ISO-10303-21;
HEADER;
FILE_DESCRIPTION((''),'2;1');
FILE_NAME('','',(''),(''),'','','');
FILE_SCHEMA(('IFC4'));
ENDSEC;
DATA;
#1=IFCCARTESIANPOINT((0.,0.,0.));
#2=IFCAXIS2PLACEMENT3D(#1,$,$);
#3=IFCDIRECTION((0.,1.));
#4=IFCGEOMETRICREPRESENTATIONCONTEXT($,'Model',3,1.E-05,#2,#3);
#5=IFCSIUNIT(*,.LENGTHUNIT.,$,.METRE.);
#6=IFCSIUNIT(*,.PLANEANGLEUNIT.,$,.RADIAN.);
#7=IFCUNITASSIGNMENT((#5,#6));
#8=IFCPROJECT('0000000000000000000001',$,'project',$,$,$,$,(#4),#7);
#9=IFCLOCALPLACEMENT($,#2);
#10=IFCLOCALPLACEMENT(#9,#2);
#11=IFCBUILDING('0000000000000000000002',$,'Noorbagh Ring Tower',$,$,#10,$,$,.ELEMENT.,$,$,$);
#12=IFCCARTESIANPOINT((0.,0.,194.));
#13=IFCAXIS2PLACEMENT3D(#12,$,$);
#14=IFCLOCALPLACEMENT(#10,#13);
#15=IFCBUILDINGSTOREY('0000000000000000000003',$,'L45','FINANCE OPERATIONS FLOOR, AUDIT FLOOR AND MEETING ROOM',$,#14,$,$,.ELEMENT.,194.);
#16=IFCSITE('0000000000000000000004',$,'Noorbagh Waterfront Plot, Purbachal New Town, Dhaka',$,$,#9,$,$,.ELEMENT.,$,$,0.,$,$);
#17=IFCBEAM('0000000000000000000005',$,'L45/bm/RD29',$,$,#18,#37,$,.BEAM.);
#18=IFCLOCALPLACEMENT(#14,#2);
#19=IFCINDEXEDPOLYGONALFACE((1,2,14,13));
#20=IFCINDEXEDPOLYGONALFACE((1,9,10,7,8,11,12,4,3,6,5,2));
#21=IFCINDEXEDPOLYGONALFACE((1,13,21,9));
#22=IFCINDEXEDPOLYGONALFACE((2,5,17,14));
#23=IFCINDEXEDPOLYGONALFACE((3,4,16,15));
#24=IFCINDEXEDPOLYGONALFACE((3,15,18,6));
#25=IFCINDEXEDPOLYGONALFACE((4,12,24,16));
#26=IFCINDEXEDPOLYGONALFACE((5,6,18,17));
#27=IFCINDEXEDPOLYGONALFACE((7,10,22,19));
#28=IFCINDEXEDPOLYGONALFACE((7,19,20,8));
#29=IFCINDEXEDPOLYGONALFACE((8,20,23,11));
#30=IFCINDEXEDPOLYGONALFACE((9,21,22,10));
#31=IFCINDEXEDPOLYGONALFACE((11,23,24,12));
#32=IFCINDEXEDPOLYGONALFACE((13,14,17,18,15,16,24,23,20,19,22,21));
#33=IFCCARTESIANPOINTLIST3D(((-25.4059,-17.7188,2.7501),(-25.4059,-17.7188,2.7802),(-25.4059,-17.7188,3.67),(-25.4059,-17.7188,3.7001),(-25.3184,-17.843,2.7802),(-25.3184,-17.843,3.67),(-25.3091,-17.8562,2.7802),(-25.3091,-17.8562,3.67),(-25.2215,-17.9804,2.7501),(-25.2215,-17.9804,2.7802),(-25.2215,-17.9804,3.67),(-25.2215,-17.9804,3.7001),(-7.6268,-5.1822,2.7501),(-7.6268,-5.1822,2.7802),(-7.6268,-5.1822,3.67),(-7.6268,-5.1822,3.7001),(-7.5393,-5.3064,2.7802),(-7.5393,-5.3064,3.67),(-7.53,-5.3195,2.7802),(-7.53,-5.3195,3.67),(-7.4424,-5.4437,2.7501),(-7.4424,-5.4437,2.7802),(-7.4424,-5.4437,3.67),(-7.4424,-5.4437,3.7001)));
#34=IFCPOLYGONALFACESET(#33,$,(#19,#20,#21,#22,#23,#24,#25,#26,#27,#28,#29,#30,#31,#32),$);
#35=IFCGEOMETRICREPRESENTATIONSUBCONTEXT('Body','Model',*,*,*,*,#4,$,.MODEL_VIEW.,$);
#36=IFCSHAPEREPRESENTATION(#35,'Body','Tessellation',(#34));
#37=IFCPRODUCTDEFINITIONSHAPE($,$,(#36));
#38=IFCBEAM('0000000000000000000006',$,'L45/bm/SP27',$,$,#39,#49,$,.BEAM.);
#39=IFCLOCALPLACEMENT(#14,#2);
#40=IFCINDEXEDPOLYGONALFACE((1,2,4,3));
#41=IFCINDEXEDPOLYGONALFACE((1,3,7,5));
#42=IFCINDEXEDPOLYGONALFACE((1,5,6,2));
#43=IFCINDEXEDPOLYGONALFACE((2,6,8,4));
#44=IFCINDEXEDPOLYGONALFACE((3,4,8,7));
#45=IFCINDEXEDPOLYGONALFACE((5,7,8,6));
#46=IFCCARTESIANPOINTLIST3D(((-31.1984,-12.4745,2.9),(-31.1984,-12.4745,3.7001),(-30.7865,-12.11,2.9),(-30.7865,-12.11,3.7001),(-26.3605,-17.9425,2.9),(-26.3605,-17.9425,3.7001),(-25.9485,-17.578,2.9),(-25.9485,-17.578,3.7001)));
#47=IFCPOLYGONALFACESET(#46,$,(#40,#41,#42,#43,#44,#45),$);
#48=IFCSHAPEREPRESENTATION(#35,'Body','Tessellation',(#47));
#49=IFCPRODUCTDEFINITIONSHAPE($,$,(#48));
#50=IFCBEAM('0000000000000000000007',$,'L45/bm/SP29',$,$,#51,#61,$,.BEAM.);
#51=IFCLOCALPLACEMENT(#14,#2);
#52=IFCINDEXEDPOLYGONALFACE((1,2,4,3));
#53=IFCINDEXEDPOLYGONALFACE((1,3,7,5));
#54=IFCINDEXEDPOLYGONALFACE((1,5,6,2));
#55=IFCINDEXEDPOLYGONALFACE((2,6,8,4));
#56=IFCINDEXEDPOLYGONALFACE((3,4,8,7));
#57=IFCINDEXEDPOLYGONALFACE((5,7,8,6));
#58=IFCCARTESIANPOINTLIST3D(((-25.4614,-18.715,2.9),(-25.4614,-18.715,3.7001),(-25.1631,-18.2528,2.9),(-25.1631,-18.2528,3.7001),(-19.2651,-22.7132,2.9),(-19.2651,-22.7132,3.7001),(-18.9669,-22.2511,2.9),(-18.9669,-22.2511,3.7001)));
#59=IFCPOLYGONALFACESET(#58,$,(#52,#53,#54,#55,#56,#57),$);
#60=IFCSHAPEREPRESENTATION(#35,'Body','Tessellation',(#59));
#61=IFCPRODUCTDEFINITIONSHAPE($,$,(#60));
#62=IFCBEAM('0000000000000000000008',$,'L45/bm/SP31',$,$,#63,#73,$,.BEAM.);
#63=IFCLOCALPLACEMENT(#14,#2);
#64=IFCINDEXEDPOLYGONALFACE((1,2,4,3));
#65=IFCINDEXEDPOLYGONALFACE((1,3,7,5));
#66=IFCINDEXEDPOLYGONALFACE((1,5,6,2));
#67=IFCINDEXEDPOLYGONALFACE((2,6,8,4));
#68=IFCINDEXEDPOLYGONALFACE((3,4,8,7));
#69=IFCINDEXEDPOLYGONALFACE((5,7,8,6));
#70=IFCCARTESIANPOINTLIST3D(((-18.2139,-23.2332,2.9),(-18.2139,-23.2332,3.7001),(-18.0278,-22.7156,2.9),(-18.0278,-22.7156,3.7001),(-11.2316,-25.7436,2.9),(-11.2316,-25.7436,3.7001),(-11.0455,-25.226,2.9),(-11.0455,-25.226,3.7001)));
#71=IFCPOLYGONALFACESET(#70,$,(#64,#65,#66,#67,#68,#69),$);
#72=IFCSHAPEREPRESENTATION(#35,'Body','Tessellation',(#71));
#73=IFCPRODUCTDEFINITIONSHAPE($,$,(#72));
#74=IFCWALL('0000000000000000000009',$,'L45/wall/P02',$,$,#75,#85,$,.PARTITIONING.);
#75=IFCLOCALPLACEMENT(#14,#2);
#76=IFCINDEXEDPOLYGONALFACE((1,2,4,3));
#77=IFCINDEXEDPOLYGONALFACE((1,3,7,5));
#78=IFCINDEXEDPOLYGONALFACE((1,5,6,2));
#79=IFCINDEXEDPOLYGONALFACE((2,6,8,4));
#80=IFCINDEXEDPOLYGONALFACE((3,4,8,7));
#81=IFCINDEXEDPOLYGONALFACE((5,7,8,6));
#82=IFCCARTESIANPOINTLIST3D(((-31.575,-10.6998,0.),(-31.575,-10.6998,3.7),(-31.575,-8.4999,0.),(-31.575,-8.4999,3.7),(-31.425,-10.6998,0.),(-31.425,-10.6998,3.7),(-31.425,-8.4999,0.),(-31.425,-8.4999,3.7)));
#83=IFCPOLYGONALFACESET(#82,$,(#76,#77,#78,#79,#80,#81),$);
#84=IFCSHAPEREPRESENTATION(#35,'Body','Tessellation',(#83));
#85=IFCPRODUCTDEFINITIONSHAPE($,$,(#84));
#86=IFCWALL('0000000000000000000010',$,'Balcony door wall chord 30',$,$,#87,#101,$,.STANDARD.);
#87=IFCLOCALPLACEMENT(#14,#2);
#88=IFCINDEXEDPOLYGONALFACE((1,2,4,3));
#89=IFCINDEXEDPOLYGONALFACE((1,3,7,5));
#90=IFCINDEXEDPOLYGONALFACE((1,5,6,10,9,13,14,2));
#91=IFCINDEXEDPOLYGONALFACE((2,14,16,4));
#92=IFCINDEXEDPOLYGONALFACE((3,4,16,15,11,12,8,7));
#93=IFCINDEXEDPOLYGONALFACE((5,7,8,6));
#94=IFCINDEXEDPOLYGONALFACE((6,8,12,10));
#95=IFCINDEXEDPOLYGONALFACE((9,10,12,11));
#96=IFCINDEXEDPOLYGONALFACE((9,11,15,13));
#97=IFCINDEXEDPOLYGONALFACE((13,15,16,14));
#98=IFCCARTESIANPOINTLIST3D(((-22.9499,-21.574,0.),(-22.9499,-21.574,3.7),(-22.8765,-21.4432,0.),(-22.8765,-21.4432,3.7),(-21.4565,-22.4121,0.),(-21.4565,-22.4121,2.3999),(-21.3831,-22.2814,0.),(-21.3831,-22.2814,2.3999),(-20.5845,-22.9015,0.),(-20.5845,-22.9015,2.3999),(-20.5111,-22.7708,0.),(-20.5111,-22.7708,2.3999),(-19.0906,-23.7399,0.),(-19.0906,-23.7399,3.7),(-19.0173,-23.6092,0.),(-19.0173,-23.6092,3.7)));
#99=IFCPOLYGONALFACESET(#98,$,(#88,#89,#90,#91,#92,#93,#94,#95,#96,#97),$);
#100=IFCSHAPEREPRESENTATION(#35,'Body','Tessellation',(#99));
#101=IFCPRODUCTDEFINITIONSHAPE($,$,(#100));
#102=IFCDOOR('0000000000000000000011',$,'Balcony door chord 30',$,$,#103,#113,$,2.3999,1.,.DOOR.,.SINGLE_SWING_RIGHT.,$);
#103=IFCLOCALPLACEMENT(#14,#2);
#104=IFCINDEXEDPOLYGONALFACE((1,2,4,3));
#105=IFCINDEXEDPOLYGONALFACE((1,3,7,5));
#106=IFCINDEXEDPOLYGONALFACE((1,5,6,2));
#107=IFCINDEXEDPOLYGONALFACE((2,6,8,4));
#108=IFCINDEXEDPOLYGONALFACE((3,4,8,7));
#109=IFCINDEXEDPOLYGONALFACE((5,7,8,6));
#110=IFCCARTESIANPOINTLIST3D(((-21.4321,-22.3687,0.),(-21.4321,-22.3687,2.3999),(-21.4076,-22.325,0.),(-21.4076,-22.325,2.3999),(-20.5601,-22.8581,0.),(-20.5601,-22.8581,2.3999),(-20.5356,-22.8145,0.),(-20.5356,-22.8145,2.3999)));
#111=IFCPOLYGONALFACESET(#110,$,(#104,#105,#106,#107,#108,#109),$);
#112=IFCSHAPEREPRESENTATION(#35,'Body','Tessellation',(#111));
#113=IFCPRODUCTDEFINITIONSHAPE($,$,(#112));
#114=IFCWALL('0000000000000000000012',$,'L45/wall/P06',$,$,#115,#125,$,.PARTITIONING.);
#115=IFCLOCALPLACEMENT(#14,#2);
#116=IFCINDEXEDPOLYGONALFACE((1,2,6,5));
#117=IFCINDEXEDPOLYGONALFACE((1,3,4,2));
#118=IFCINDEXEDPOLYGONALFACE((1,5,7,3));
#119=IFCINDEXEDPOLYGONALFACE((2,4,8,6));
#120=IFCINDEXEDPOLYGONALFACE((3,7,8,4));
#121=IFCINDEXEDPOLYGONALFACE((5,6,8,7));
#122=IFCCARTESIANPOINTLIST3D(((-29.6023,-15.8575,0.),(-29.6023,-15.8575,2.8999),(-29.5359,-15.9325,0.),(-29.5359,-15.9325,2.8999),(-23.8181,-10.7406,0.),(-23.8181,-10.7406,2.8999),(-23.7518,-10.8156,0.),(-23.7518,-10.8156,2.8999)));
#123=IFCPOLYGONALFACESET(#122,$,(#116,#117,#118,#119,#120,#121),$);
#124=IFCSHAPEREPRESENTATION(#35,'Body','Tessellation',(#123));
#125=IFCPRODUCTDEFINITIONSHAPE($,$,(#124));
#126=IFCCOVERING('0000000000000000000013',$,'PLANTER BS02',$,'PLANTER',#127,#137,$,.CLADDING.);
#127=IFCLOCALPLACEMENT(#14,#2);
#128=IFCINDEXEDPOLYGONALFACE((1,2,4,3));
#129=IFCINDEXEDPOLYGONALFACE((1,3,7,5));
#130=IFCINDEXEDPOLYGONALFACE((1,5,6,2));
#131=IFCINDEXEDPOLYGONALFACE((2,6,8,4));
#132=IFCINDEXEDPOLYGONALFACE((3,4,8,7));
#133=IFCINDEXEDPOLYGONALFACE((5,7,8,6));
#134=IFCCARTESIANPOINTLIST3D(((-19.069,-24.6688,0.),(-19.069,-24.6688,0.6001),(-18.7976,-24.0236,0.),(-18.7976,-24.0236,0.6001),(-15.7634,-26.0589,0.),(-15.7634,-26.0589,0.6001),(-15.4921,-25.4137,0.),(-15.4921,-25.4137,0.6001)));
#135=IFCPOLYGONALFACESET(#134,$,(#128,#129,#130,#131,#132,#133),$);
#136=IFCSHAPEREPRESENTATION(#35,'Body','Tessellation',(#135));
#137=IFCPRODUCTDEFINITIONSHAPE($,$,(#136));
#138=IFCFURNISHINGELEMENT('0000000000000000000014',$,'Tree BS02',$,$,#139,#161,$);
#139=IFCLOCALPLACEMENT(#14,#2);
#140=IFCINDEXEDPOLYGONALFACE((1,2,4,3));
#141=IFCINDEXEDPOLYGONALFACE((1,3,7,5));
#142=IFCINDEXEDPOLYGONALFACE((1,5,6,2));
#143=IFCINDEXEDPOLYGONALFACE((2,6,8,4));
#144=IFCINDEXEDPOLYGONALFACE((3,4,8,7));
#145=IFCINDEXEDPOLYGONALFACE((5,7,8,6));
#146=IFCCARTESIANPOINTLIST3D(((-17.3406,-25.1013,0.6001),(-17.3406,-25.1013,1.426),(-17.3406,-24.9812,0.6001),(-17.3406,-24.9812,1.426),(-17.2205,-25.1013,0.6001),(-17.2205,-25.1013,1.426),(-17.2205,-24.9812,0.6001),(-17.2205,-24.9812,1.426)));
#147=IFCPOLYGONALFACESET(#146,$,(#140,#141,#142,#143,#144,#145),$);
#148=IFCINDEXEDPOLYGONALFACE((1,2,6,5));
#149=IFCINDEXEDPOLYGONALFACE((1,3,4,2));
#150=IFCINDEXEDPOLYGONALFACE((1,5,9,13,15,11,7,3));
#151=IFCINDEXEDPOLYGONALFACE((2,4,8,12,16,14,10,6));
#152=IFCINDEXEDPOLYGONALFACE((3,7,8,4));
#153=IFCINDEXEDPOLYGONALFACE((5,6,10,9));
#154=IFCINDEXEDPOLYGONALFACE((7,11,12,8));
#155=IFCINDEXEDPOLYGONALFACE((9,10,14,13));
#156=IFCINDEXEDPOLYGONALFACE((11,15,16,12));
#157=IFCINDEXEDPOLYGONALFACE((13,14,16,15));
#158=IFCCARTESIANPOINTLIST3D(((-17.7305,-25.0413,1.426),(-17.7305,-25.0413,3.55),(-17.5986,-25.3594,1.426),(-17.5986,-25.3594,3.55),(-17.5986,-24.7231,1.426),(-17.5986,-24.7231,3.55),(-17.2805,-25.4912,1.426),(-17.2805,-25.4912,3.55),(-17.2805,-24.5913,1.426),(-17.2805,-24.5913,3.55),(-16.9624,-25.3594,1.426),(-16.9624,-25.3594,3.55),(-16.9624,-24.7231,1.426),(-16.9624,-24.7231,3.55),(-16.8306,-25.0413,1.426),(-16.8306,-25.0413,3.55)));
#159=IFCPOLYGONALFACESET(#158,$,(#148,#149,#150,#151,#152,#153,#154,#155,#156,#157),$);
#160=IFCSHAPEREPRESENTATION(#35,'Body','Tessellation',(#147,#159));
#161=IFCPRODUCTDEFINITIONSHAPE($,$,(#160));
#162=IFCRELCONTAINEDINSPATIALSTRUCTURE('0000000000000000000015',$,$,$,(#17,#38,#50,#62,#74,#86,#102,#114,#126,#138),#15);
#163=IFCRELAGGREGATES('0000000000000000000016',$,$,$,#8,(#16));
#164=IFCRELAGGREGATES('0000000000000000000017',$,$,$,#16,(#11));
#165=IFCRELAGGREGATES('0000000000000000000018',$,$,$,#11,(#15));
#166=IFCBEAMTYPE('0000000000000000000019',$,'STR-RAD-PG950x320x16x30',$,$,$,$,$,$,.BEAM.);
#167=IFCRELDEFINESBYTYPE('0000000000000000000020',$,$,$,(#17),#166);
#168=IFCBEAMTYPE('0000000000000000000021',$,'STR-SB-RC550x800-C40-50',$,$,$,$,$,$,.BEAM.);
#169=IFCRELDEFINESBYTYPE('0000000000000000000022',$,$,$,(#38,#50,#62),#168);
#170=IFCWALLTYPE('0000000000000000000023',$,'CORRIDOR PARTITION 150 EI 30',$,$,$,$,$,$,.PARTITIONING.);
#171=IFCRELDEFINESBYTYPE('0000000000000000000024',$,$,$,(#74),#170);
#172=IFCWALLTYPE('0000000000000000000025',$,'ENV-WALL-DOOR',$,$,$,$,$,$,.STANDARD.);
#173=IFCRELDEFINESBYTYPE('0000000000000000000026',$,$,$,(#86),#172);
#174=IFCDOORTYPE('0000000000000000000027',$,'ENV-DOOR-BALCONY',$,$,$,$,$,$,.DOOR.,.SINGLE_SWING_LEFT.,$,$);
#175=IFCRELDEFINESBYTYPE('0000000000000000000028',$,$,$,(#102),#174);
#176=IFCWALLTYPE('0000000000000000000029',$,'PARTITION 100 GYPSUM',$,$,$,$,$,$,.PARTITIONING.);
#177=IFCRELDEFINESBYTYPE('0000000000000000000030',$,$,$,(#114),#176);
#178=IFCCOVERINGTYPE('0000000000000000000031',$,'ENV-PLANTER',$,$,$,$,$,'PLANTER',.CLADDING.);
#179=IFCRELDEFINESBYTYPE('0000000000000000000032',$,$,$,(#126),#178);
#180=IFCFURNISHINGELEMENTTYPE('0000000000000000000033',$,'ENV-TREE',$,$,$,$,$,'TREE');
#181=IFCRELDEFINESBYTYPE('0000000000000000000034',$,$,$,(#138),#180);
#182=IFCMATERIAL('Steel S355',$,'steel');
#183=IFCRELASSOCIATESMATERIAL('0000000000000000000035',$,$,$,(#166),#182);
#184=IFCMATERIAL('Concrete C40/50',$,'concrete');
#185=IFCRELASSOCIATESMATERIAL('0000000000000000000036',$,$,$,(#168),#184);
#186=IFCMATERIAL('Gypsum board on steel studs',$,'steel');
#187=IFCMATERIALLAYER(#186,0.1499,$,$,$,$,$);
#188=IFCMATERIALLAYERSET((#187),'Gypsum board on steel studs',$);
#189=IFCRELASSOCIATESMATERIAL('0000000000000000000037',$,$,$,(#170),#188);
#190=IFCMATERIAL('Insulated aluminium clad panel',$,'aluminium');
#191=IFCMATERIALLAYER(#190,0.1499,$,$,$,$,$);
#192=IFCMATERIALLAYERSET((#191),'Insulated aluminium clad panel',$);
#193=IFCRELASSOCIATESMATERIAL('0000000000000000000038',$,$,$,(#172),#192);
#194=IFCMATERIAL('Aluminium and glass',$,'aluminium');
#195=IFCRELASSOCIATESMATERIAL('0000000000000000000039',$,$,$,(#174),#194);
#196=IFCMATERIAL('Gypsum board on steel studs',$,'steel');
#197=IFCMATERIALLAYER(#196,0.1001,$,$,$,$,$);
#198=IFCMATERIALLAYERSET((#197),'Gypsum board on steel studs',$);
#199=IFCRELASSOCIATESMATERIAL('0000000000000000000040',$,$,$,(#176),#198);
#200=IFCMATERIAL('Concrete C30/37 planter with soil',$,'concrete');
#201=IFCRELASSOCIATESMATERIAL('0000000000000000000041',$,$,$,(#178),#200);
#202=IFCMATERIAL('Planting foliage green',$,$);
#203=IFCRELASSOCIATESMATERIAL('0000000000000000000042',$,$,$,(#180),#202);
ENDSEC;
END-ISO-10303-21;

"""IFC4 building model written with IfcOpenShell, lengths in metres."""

from ifc_helpers import new_model, si_unit, direction, frame, frame_2d, origin, origin_2d, place, context, subcontext, project, spatial, polyline, rectangle, i_section, outline, extrude, material, layer, layer_set, material_profile, profile_set, type_object, element, fill, save


model = new_model("IFC4")

# Units and contexts
model_context = context("Model", 3, precision=1e-05, world=origin(), true_north=direction((0.0, 1.0)))
body_context = subcontext(model_context, "Body", "Model", "MODEL_VIEW")
ifc_project = project(units=[si_unit("LENGTHUNIT", "METRE"), si_unit("PLANEANGLEUNIT", "RADIAN")], contexts=[model_context])

# Site, building, storey
site_placement = place(None, origin())
site = spatial("IfcSite", under=ifc_project, at=site_placement, Name="Noorbagh Waterfront Plot, Purbachal New Town, Dhaka", CompositionType="ELEMENT", RefElevation=0.0)
building_placement = place(site_placement, origin())
building = spatial("IfcBuilding", under=site, at=building_placement, Name="Noorbagh Ring Tower", CompositionType="ELEMENT")
storey_placement = place(building_placement, frame((0.0, 0.0, 194.0)))
storey = spatial("IfcBuildingStorey", under=building, at=storey_placement, Name="L45", Description="FINANCE OPERATIONS FLOOR, AUDIT FLOOR AND MEETING ROOM", CompositionType="ELEMENT", Elevation=194.0)

# Beams
ifc_material_1 = material(Name="Steel S355", Category="steel")
ifc_material_profile_1 = material_profile(ifc_material_1, i_section(OverallWidth=0.3201, OverallDepth=0.95, WebThickness=0.0161, FlangeThickness=0.03, at=origin_2d()), Name="PG950x320x16x30")
ifc_profile_set_1 = profile_set([ifc_material_profile_1], Name="Steel S355")
beam_type_1 = type_object("IfcBeamType", Name="STR-RAD-PG950x320x16x30", PredefinedType="BEAM", material=ifc_profile_set_1)
beam_1_placement = place(storey_placement, frame((-25.3137, -17.8496, 3.2251), z_axis=(0.817256, 0.576275, 0.0), x_axis=(-0.576275, 0.817256, 0.0)))
element("IfcBeam", 1, at=beam_1_placement, inside=storey, type_object=beam_type_1, Name="L45/bm/RD29", PredefinedType="BEAM", context=body_context, shape_type="SweptSolid", body=[
    extrude(i_section(OverallWidth=0.3201, OverallDepth=0.95, WebThickness=0.0161, FlangeThickness=0.03, at=origin_2d()), origin(), (0.0, 0.0, 1.0), 21.7546),
])
ifc_material_2 = material(Name="Concrete C40/50", Category="concrete")
ifc_material_profile_2 = material_profile(ifc_material_2, rectangle(XDim=0.55, YDim=0.8, at=origin_2d()), Name="RC550x800")
ifc_profile_set_2 = profile_set([ifc_material_profile_2], Name="Concrete C40/50")
beam_type_2 = type_object("IfcBeamType", Name="STR-SB-RC550x800-C40-50", PredefinedType="BEAM", material=ifc_profile_set_2)
beam_2_placement = place(storey_placement, frame((-30.9924, -12.2922, 3.3), z_axis=(0.662635, -0.748942, 0.0), x_axis=(0.748942, 0.662635, 0.0)))
element("IfcBeam", 2, at=beam_2_placement, inside=storey, type_object=beam_type_2, Name="L45/bm/SP27", PredefinedType="BEAM", context=body_context, shape_type="SweptSolid", body=[
    extrude(rectangle(XDim=0.55, YDim=0.8, at=origin_2d()), origin(), (0.0, 0.0, 1.0), 7.301),
])
beam_3_placement = place(storey_placement, frame((-25.3123, -18.4839, 3.3), z_axis=(0.840254, -0.542192, 0.0), x_axis=(0.542192, 0.840254, 0.0)))
element("IfcBeam", 3, at=beam_3_placement, inside=storey, type_object=beam_type_2, Name="L45/bm/SP29", PredefinedType="BEAM", context=body_context, shape_type="SweptSolid", body=[
    extrude(rectangle(XDim=0.55, YDim=0.8, at=origin_2d()), origin(), (0.0, 0.0, 1.0), 7.3743),
])
beam_4_placement = place(storey_placement, frame((-18.1208, -22.9744, 3.3), z_axis=(0.941024, -0.338341, 0.0), x_axis=(0.338341, 0.941024, 0.0)))
element("IfcBeam", 4, at=beam_4_placement, inside=storey, type_object=beam_type_2, Name="L45/bm/SP31", PredefinedType="BEAM", context=body_context, shape_type="SweptSolid", body=[
    extrude(rectangle(XDim=0.55, YDim=0.8, at=origin_2d()), origin(), (0.0, 0.0, 1.0), 7.4199),
])

# Wall
ifc_material_3 = material(Name="Gypsum board on steel studs", Category="steel")
ifc_layer_1 = layer(ifc_material_3, 0.1499)
ifc_layer_set_1 = layer_set([ifc_layer_1], Name="Gypsum board on steel studs")
wall_type_1 = type_object("IfcWallType", Name="CORRIDOR PARTITION 150 EI 30", PredefinedType="PARTITIONING", material=ifc_layer_set_1)
wall_1_placement = place(storey_placement, frame((-31.5, -10.7, 0.0), z_axis=(0.0, 0.0, 1.0), x_axis=(0.0, 1.0, 0.0)))
element("IfcWall", 5, at=wall_1_placement, inside=storey, type_object=wall_type_1, Name="L45/wall/P02", PredefinedType="PARTITIONING", context=body_context, shape_type="SweptSolid", body=[
    extrude(rectangle(XDim=2.2, YDim=0.1499, at=frame_2d((1.1001, 0.0))), origin(), (0.0, 0.0, 1.0), 3.7),
])

# Wall, opening, door
ifc_material_4 = material(Name="Insulated aluminium clad panel", Category="aluminium")
ifc_layer_2 = layer(ifc_material_4, 0.1499)
ifc_layer_set_2 = layer_set([ifc_layer_2], Name="Insulated aluminium clad panel")
wall_type_2 = type_object("IfcWallType", Name="ENV-WALL-DOOR", PredefinedType="STANDARD", material=ifc_layer_set_2)
wall_2_placement = place(storey_placement, frame((-22.9133, -21.5085, 0.0), z_axis=(0.0, 0.0, 1.0), x_axis=(0.872047, -0.489423, 0.0)))
wall_2 = element("IfcWall", 6, at=wall_2_placement, inside=storey, type_object=wall_type_2, Name="Balcony door wall chord 30", PredefinedType="STANDARD", context=body_context, shape_type="SweptSolid", body=[
    extrude(rectangle(XDim=4.4255, YDim=0.1499, at=frame_2d((2.2129, 0.0))), origin(), (0.0, 0.0, 1.0), 3.7),
])
opening_placement = place(wall_2_placement, frame((1.7126, 0.0, 0.0)))
opening = element("IfcOpeningElement", 7, at=opening_placement, cuts=wall_2, PredefinedType="OPENING", context=body_context, shape_type="SweptSolid", body=[
    extrude(rectangle(XDim=1.0, YDim=2.3999, at=frame_2d((0.5, 1.2))), frame((0.0, 0.085, 0.0), z_axis=(0.0, -1.0, 0.0), x_axis=(1.0, 0.0, 0.0)), (0.0, 0.0, 1.0), 0.1699),
])
ifc_material_5 = material(Name="Aluminium and glass", Category="aluminium")
door_type = type_object("IfcDoorType", Name="ENV-DOOR-BALCONY", OperationType="SINGLE_SWING_LEFT", PredefinedType="DOOR", material=ifc_material_5)
door_placement = place(opening_placement, origin())
door = element("IfcDoor", 8, at=door_placement, inside=storey, type_object=door_type, Name="Balcony door chord 30", OperationType="SINGLE_SWING_RIGHT", OverallHeight=2.3999, OverallWidth=1.0, PredefinedType="DOOR", context=body_context, shape_type="SweptSolid", body=[
    extrude(rectangle(XDim=1.0, YDim=2.3999, at=frame_2d((0.5, 1.2))), frame((0.0, 0.0249, 0.0), z_axis=(0.0, -1.0, 0.0), x_axis=(1.0, 0.0, 0.0)), (0.0, 0.0, 1.0), 0.05),
])
fill(opening, door)

# Wall
ifc_material_6 = material(Name="Gypsum board on steel studs", Category="steel")
ifc_layer_3 = layer(ifc_material_6, 0.1001)
ifc_layer_set_3 = layer_set([ifc_layer_3], Name="Gypsum board on steel studs")
wall_type_3 = type_object("IfcWallType", Name="PARTITION 100 GYPSUM", PredefinedType="PARTITIONING", material=ifc_layer_set_3)
wall_3_placement = place(storey_placement, frame((-29.5691, -15.895, 0.0), z_axis=(0.0, 0.0, 1.0), x_axis=(0.748986, 0.662586, 0.0)))
element("IfcWall", 9, at=wall_3_placement, inside=storey, type_object=wall_type_3, Name="L45/wall/P06", PredefinedType="PARTITIONING", context=body_context, shape_type="SweptSolid", body=[
    extrude(rectangle(XDim=7.7227, YDim=0.1001, at=frame_2d((3.8613, 0.0))), origin(), (0.0, 0.0, 1.0), 2.8999),
])

# Covering
ifc_material_7 = material(Name="Concrete C30/37 planter with soil", Category="concrete")
covering_type = type_object("IfcCoveringType", Name="ENV-PLANTER", ElementType="PLANTER", PredefinedType="CLADDING", material=ifc_material_7)
covering_placement = place(storey_placement, frame((-17.2805, -25.0413, 0.0), z_axis=(0.0, 0.0, 1.0), x_axis=(0.921812, -0.387638, 0.0)))
element("IfcCovering", 10, at=covering_placement, inside=storey, type_object=covering_type, Name="PLANTER BS02", ObjectType="PLANTER", PredefinedType="CLADDING", context=body_context, shape_type="SweptSolid", body=[
    extrude(rectangle(XDim=3.5859, YDim=0.7, at=origin_2d()), origin(), (0.0, 0.0, 1.0), 0.6001),
])

# Furnishing element
ifc_material_8 = material(Name="Planting foliage green")
furnishing_element_type = type_object("IfcFurnishingElementType", Name="ENV-TREE", ElementType="TREE", material=ifc_material_8)
furnishing_placement = place(storey_placement, frame((-17.2805, -25.0413, 0.6001), z_axis=(0.0, 0.0, 1.0), x_axis=(1.0, 0.0, 0.0)))
element("IfcFurnishingElement", 11, at=furnishing_placement, inside=storey, type_object=furnishing_element_type, Name="Tree BS02", context=body_context, shape_type="SweptSolid", body=[
    extrude(rectangle(XDim=0.1201, YDim=0.1201, at=origin_2d()), origin(), (0.0, 0.0, 1.0), 0.8259),
    extrude(outline(polyline([(0.45, 0.0), (0.3181, 0.3181), (0.0, 0.45), (-0.3181, 0.3181), (-0.45, 0.0), (-0.3181, -0.3181), (0.0, -0.45), (0.3181, -0.3181), (0.45, 0.0)])), frame((0.0, 0.0, 0.8259)), (0.0, 0.0, 1.0), 2.124),
])

save(model, "model.ifc")
